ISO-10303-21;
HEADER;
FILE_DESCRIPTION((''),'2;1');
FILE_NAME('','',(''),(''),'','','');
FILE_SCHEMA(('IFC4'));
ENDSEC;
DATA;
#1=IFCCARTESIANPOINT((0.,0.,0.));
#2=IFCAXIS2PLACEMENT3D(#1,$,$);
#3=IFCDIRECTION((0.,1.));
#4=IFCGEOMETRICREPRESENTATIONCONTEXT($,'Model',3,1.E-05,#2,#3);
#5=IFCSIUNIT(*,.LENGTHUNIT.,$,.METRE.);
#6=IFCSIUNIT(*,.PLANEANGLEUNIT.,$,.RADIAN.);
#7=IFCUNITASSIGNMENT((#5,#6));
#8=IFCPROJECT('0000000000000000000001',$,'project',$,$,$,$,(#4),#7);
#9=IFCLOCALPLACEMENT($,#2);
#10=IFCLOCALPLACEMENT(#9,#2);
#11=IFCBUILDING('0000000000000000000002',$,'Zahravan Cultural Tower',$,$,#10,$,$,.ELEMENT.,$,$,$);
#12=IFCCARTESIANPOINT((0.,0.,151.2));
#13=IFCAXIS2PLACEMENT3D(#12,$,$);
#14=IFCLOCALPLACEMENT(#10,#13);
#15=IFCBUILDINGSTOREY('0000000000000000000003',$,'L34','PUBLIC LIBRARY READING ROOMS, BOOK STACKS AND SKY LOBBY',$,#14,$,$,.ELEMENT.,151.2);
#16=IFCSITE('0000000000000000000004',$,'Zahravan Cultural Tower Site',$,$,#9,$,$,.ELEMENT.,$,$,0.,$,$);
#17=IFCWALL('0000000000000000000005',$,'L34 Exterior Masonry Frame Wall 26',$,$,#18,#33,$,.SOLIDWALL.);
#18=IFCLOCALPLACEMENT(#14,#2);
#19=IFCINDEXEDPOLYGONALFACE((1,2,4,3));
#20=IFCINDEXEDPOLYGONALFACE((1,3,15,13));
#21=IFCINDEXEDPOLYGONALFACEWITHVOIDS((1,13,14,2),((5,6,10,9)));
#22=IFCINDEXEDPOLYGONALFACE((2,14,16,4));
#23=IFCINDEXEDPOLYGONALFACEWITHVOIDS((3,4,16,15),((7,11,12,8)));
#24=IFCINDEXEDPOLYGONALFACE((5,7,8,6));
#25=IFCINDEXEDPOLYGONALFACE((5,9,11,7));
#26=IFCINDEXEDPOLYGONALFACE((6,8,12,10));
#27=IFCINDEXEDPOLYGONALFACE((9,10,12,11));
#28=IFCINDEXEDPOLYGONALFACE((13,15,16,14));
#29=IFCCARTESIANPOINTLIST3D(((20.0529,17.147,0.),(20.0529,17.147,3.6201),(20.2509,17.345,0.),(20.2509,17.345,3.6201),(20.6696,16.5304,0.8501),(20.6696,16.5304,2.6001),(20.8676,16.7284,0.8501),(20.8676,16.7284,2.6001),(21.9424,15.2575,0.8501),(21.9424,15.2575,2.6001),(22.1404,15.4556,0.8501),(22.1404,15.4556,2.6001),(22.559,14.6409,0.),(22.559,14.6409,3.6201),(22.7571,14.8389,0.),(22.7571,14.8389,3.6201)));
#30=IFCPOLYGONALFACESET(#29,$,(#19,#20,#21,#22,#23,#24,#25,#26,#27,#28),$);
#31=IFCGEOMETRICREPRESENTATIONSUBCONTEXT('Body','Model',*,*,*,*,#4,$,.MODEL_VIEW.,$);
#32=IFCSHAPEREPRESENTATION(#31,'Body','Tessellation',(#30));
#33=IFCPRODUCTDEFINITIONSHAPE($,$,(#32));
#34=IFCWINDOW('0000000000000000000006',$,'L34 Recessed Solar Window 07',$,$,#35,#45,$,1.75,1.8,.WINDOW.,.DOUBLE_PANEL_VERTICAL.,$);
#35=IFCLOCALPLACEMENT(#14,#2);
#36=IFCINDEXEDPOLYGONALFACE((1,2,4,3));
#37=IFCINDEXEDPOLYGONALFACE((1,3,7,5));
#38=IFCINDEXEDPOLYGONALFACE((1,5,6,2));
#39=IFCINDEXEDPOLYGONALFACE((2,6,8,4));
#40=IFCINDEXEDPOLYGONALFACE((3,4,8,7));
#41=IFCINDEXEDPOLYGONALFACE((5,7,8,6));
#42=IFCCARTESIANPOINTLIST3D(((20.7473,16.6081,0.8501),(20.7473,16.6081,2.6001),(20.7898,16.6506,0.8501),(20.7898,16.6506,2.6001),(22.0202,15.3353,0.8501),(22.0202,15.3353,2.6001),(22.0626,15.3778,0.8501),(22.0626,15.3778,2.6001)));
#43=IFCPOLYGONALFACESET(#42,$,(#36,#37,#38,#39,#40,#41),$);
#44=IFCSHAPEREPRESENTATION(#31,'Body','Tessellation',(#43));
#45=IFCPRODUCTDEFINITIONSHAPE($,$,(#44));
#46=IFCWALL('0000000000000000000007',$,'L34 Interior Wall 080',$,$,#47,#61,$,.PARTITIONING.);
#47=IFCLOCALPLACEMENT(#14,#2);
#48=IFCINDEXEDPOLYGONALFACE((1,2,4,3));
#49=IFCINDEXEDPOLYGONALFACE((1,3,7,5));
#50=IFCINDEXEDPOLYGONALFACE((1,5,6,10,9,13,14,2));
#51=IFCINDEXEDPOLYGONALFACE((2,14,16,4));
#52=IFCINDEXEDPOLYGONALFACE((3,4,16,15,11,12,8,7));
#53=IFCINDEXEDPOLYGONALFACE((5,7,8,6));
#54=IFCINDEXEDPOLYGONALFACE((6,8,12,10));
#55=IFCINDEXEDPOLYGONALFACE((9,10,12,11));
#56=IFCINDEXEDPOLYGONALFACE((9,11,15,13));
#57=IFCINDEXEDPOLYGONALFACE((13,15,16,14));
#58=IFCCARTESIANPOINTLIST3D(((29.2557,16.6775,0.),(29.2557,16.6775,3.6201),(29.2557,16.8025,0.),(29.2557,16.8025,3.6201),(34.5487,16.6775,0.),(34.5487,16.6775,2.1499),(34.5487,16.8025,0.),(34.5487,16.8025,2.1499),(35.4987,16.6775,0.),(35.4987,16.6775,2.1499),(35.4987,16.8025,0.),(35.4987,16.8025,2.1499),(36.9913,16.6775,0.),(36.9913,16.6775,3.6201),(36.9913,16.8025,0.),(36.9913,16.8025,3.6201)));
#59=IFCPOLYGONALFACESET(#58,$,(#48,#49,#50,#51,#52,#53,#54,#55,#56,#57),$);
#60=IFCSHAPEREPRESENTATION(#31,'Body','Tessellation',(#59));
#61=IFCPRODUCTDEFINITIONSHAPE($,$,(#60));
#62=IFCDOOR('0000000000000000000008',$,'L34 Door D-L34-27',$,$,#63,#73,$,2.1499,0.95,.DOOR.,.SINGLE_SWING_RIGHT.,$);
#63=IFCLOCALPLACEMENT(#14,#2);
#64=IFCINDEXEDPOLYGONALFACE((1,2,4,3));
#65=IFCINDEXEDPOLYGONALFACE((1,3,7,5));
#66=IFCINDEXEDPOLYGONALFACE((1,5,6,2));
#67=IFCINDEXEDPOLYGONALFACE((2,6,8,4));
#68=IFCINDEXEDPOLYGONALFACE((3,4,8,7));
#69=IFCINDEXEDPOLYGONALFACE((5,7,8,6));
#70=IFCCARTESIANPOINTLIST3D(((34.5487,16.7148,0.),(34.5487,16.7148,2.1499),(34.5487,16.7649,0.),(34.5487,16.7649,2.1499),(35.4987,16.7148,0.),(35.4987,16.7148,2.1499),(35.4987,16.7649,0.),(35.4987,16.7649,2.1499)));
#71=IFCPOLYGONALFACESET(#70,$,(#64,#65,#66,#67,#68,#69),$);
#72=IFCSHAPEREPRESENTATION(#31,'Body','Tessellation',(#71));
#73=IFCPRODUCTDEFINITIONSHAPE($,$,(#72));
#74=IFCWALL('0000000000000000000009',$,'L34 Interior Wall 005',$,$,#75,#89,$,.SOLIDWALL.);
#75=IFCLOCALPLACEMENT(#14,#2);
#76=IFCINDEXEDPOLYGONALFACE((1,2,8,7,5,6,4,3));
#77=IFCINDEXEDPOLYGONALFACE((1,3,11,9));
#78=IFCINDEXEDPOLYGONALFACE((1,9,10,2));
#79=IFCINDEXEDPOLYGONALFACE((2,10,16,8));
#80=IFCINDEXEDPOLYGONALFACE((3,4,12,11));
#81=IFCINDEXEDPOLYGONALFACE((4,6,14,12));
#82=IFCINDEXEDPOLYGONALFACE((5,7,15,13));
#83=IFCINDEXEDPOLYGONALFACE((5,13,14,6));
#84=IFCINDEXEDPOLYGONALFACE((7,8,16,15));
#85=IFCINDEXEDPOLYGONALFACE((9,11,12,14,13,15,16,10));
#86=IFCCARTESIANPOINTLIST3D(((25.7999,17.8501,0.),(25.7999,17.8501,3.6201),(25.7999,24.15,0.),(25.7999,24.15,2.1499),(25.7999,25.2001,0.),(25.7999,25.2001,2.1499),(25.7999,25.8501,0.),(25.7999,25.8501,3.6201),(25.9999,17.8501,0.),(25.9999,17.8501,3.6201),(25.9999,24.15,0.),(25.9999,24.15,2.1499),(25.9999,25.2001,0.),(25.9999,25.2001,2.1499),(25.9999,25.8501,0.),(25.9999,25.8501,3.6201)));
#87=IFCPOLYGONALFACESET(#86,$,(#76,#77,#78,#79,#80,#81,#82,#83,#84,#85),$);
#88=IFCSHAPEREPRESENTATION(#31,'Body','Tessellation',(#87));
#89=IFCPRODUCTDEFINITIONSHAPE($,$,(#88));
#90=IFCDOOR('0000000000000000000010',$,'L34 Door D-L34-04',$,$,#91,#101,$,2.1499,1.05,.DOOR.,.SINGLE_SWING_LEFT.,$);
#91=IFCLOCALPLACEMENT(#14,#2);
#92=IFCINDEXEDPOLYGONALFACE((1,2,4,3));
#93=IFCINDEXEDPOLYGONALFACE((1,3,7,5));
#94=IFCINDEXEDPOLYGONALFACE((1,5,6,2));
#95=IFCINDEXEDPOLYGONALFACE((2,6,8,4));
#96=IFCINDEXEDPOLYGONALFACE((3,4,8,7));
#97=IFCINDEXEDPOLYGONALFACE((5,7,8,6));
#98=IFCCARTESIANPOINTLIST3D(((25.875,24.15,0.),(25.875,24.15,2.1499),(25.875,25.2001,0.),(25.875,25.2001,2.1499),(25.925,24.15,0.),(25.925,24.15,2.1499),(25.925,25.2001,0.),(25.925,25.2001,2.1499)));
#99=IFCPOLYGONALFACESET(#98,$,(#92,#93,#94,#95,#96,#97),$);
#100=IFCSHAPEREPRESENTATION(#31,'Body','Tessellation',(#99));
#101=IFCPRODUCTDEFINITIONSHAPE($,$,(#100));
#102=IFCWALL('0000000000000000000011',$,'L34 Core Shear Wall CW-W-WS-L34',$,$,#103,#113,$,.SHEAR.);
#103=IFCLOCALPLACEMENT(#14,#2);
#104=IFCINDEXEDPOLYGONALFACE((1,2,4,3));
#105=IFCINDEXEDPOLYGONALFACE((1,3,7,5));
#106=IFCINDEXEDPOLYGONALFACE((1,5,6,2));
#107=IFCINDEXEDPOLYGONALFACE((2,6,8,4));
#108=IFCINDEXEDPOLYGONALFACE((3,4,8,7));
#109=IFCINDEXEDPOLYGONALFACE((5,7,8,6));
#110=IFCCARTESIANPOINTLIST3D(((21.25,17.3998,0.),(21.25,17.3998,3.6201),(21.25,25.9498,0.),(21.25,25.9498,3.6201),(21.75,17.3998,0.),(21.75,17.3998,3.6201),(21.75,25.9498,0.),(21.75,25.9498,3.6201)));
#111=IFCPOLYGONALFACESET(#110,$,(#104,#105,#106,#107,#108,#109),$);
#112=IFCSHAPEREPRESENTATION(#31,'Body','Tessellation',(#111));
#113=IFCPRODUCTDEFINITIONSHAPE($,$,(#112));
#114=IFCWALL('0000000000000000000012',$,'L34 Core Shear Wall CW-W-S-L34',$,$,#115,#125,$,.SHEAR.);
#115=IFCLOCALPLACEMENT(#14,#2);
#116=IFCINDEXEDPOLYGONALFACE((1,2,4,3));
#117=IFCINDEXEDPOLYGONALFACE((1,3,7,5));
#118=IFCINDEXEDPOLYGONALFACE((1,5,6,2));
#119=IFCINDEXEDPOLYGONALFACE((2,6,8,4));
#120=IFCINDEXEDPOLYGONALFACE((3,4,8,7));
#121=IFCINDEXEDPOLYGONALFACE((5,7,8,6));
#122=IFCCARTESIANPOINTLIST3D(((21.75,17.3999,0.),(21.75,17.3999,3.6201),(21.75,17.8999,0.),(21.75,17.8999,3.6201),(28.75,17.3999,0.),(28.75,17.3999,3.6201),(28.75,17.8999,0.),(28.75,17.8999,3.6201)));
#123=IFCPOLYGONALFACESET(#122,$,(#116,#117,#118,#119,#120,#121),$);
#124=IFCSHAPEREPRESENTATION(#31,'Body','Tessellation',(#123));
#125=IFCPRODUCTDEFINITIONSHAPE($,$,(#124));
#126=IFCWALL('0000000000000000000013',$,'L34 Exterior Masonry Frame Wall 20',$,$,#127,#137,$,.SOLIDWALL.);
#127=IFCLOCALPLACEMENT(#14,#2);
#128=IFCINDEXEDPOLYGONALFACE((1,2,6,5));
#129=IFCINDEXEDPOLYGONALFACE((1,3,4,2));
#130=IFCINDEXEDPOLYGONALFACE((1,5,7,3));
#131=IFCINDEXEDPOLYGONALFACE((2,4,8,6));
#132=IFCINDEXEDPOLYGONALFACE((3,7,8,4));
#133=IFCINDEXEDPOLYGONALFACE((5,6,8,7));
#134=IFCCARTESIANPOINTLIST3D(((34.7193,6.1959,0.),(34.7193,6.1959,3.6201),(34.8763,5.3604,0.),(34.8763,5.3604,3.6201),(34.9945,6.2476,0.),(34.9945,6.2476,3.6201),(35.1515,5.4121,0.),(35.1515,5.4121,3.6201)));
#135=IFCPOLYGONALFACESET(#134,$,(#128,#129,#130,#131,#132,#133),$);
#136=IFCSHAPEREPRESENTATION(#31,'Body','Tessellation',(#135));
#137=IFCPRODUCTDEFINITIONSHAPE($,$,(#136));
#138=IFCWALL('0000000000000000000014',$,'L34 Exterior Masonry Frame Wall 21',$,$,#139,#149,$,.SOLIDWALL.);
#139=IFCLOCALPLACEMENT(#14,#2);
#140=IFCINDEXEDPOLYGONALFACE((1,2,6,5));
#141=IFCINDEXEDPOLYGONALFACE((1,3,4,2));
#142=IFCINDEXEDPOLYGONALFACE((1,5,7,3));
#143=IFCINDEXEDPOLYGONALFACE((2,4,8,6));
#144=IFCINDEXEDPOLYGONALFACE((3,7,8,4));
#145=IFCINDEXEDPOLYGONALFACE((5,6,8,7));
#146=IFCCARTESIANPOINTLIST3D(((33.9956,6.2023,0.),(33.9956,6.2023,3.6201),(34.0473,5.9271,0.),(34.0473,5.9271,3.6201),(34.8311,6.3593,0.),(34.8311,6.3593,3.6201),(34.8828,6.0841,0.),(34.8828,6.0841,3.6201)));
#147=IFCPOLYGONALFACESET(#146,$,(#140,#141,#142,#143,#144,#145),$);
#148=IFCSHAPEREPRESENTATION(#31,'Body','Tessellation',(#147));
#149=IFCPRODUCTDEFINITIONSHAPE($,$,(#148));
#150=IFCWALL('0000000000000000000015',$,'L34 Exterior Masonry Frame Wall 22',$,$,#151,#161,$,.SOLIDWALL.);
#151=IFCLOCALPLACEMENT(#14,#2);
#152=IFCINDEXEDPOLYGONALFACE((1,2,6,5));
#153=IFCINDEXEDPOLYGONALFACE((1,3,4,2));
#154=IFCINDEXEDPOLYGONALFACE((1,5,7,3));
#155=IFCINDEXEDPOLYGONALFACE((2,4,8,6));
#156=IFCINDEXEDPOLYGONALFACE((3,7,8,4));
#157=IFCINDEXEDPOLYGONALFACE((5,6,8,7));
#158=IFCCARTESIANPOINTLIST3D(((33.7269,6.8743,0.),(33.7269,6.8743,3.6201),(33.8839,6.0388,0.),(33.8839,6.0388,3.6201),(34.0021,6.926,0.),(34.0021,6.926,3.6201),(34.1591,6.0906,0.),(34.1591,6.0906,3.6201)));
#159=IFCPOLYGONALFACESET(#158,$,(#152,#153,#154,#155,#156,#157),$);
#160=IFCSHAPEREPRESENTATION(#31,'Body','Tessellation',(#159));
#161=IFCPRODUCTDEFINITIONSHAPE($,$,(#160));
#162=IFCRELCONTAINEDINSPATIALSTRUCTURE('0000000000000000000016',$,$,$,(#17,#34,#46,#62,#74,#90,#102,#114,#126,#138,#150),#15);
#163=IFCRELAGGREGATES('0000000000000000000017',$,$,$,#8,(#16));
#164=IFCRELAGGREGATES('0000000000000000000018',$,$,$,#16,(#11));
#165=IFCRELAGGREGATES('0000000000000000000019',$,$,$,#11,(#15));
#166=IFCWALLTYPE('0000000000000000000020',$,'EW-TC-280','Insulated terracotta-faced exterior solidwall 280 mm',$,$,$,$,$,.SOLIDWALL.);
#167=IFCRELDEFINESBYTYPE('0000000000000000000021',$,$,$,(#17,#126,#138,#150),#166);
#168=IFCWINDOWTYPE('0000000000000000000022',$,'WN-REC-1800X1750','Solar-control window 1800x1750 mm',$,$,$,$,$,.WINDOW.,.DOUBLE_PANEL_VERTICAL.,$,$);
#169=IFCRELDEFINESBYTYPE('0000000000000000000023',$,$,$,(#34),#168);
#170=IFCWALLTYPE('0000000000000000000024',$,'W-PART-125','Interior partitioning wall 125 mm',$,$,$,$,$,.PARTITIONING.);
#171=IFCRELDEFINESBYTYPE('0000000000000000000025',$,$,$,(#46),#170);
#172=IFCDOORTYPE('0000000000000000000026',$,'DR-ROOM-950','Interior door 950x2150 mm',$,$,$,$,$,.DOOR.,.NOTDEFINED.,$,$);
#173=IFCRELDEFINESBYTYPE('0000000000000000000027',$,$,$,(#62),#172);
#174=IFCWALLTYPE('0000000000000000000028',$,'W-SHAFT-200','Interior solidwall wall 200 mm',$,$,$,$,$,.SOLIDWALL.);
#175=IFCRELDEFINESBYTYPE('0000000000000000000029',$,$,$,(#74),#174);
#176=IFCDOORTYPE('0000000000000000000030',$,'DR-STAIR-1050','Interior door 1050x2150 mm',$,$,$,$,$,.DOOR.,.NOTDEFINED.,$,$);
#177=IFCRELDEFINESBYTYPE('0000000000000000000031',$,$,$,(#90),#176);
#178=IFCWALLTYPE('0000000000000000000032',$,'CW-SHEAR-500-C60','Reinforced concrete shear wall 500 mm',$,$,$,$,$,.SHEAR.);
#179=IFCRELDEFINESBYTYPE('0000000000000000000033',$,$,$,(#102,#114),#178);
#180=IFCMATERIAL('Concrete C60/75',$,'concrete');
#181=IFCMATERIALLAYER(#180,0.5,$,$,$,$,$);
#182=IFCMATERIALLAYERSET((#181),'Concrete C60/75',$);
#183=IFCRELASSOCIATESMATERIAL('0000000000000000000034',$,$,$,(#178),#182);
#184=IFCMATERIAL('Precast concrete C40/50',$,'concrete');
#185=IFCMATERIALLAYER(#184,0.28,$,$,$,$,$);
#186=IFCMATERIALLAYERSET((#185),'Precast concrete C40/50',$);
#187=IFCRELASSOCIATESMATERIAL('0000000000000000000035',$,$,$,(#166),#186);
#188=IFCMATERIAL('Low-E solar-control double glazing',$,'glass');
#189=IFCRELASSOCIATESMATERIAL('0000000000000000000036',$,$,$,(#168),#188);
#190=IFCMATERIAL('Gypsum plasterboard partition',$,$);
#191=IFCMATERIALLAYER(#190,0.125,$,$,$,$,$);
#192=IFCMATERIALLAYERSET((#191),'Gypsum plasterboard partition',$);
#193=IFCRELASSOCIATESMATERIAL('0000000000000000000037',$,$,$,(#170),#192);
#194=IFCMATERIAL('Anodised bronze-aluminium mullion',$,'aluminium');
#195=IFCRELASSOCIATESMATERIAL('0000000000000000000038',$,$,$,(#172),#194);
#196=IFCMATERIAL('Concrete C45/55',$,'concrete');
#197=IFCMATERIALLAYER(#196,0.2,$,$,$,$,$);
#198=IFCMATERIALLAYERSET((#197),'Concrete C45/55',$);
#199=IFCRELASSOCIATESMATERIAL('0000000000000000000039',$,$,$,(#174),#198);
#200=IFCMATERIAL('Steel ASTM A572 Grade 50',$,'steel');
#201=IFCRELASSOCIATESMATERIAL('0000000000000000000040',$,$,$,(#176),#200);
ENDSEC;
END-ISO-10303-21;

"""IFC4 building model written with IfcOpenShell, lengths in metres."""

from ifc_helpers import new_model, si_unit, direction, frame, frame_2d, origin, place, context, subcontext, project, spatial, rectangle, extrude, source, transform, mapped, material, layer, layer_set, type_object, element, fill, save


model = new_model("IFC4")

# Units and contexts
model_context = context("Model", 3, precision=1e-05, world=origin(), true_north=direction((0.0, 1.0)))
body_context = subcontext(model_context, "Body", "Model", "MODEL_VIEW")
ifc_project = project(units=[si_unit("LENGTHUNIT", "METRE"), si_unit("PLANEANGLEUNIT", "RADIAN")], contexts=[model_context])

# Site, building, storey
site_placement = place(None, origin())
site = spatial("IfcSite", under=ifc_project, at=site_placement, Name="Zahravan Cultural Tower Site", CompositionType="ELEMENT", RefElevation=0.0)
building_placement = place(site_placement, origin())
building = spatial("IfcBuilding", under=site, at=building_placement, Name="Zahravan Cultural Tower", CompositionType="ELEMENT")
storey_placement = place(building_placement, frame((0.0, 0.0, 151.2)))
storey = spatial("IfcBuildingStorey", under=building, at=storey_placement, Name="L34", Description="PUBLIC LIBRARY READING ROOMS, BOOK STACKS AND SKY LOBBY", CompositionType="ELEMENT", Elevation=151.2)

# Shared definitions
ifc_material_1 = material(Name="Concrete C60/75", Category="concrete")
ifc_layer_1 = layer(ifc_material_1, 0.5)
ifc_layer_set_1 = layer_set([ifc_layer_1], Name="Concrete C60/75")
wall_type_1 = type_object("IfcWallType", Name="CW-SHEAR-500-C60", Description="Reinforced concrete shear wall 500 mm", PredefinedType="SHEAR", material=ifc_layer_set_1)
ifc_material_2 = material(Name="Steel ASTM A572 Grade 50", Category="steel")

# Wall, opening, window
ifc_material_3 = material(Name="Precast concrete C40/50", Category="concrete")
ifc_layer_2 = layer(ifc_material_3, 0.28)
ifc_layer_set_2 = layer_set([ifc_layer_2], Name="Precast concrete C40/50")
wall_type_2 = type_object("IfcWallType", Name="EW-TC-280", Description="Insulated terracotta-faced exterior solidwall 280 mm", PredefinedType="SOLIDWALL", material=ifc_layer_set_2)
ifc_material_4 = material(Name="Low-E solar-control double glazing", Category="glass")
window_type = type_object("IfcWindowType", Name="WN-REC-1800X1750", Description="Solar-control window 1800x1750 mm", PartitioningType="DOUBLE_PANEL_VERTICAL", PredefinedType="WINDOW", material=ifc_material_4)
shared_shape_1 = source(origin(), body_context, "Body", "SweptSolid", [
    extrude(rectangle(XDim=1.8, YDim=1.75, at=frame_2d((0.8999, 0.875))), frame((0.0, 0.03, 0.0), z_axis=(0.0, -1.0, 0.0), x_axis=(1.0, 0.0, 0.0)), (0.0, 0.0, 1.0), 0.0601),
])
wall_1_placement = place(storey_placement, frame((22.658, 14.74, 0.0), z_axis=(0.0, 0.0, 1.0), x_axis=(-0.707107, 0.707107, 0.0)))
wall_1 = element("IfcWall", 1, at=wall_1_placement, inside=storey, type_object=wall_type_2, Name="L34 Exterior Masonry Frame Wall 26", PredefinedType="SOLIDWALL", context=body_context, shape_type="SweptSolid", body=[
    extrude(rectangle(XDim=3.5442, YDim=0.28, at=frame_2d((1.772, 0.0))), origin(), (0.0, 0.0, 1.0), 3.6201),
])
opening_1_placement = place(wall_1_placement, frame((0.8721, 0.0, 0.8501)))
opening_1 = element("IfcOpeningElement", 2, at=opening_1_placement, cuts=wall_1, PredefinedType="OPENING", context=body_context, shape_type="SweptSolid", body=[
    extrude(rectangle(XDim=1.8, YDim=1.75, at=frame_2d((0.8999, 0.875))), frame((0.0, 0.1499, 0.0), z_axis=(0.0, -1.0, 0.0), x_axis=(1.0, 0.0, 0.0)), (0.0, 0.0, 1.0), 0.3),
])
window_1_placement = place(opening_1_placement, origin())
window_1 = element("IfcWindow", 3, at=window_1_placement, inside=storey, type_object=window_type, Name="L34 Recessed Solar Window 07", OverallHeight=1.75, OverallWidth=1.8, PartitioningType="DOUBLE_PANEL_VERTICAL", PredefinedType="WINDOW", context=body_context, shape_type="MappedRepresentation", body=[
    mapped(shared_shape_1, transform((0.0, 0.0, 0.0), x_axis=(1.0, 0.0, 0.0), y_axis=(0.0, 1.0, 0.0), z_axis=(0.0, 0.0, 1.0), scale=1.0)),
])
fill(opening_1, window_1)

# Walls, openings, doors
ifc_material_5 = material(Name="Gypsum plasterboard partition")
ifc_layer_3 = layer(ifc_material_5, 0.125)
ifc_layer_set_3 = layer_set([ifc_layer_3], Name="Gypsum plasterboard partition")
wall_type_3 = type_object("IfcWallType", Name="W-PART-125", Description="Interior partitioning wall 125 mm", PredefinedType="PARTITIONING", material=ifc_layer_set_3)
wall_2_placement = place(storey_placement, frame((29.2559, 16.74, 0.0), z_axis=(0.0, 0.0, 1.0), x_axis=(1.0, 0.0, 0.0)))
wall_2 = element("IfcWall", 4, at=wall_2_placement, inside=storey, type_object=wall_type_3, Name="L34 Interior Wall 080", PredefinedType="PARTITIONING", context=body_context, shape_type="SweptSolid", body=[
    extrude(rectangle(XDim=7.7356, YDim=0.125, at=frame_2d((3.8677, 0.0))), origin(), (0.0, 0.0, 1.0), 3.6201),
])
opening_2_placement = place(wall_2_placement, frame((5.2927, 0.0, 0.0)))
opening_2 = element("IfcOpeningElement", 5, at=opening_2_placement, cuts=wall_2, PredefinedType="OPENING", context=body_context, shape_type="SweptSolid", body=[
    extrude(rectangle(XDim=0.95, YDim=2.1499, at=frame_2d((0.4751, 1.075))), frame((0.0, 0.0725, 0.0), z_axis=(0.0, -1.0, 0.0), x_axis=(1.0, 0.0, 0.0)), (0.0, 0.0, 1.0), 0.145),
])
ifc_material_6 = material(Name="Anodised bronze-aluminium mullion", Category="aluminium")
door_type_1 = type_object("IfcDoorType", Name="DR-ROOM-950", Description="Interior door 950x2150 mm", OperationType="NOTDEFINED", PredefinedType="DOOR", material=ifc_material_6)
shared_shape_2 = source(origin(), body_context, "Body", "SweptSolid", [
    extrude(rectangle(XDim=0.95, YDim=2.1499, at=frame_2d((0.4751, 1.075))), frame((0.0, 0.0249, 0.0), z_axis=(0.0, -1.0, 0.0), x_axis=(1.0, 0.0, 0.0)), (0.0, 0.0, 1.0), 0.05),
])
door_1_placement = place(opening_2_placement, origin())
door_1 = element("IfcDoor", 6, at=door_1_placement, inside=storey, type_object=door_type_1, Name="L34 Door D-L34-27", OperationType="SINGLE_SWING_RIGHT", OverallHeight=2.1499, OverallWidth=0.95, PredefinedType="DOOR", context=body_context, shape_type="MappedRepresentation", body=[
    mapped(shared_shape_2, transform((0.0, 0.0, 0.0), x_axis=(1.0, 0.0, 0.0), y_axis=(0.0, 1.0, 0.0), z_axis=(0.0, 0.0, 1.0), scale=1.0)),
])
fill(opening_2, door_1)
ifc_material_7 = material(Name="Concrete C45/55", Category="concrete")
ifc_layer_4 = layer(ifc_material_7, 0.2)
ifc_layer_set_4 = layer_set([ifc_layer_4], Name="Concrete C45/55")
wall_type_4 = type_object("IfcWallType", Name="W-SHAFT-200", Description="Interior solidwall wall 200 mm", PredefinedType="SOLIDWALL", material=ifc_layer_set_4)
wall_3_placement = place(storey_placement, frame((25.8999, 17.8501, 0.0), z_axis=(0.0, 0.0, 1.0), x_axis=(0.0, 1.0, 0.0)))
wall_3 = element("IfcWall", 7, at=wall_3_placement, inside=storey, type_object=wall_type_4, Name="L34 Interior Wall 005", PredefinedType="SOLIDWALL", context=body_context, shape_type="SweptSolid", body=[
    extrude(rectangle(XDim=8.0, YDim=0.2, at=frame_2d((4.0, 0.0))), origin(), (0.0, 0.0, 1.0), 3.6201),
])
opening_3_placement = place(wall_3_placement, frame((6.3, 0.0, 0.0)))
opening_3 = element("IfcOpeningElement", 8, at=opening_3_placement, cuts=wall_3, PredefinedType="OPENING", context=body_context, shape_type="SweptSolid", body=[
    extrude(rectangle(XDim=1.05, YDim=2.1499, at=frame_2d((0.5249, 1.075))), frame((0.0, 0.1099, 0.0), z_axis=(0.0, -1.0, 0.0), x_axis=(1.0, 0.0, 0.0)), (0.0, 0.0, 1.0), 0.22),
])
door_type_2 = type_object("IfcDoorType", Name="DR-STAIR-1050", Description="Interior door 1050x2150 mm", OperationType="NOTDEFINED", PredefinedType="DOOR", material=ifc_material_2)
shared_shape_3 = source(origin(), body_context, "Body", "SweptSolid", [
    extrude(rectangle(XDim=1.05, YDim=2.1499, at=frame_2d((0.5249, 1.075))), frame((0.0, 0.0249, 0.0), z_axis=(0.0, -1.0, 0.0), x_axis=(1.0, 0.0, 0.0)), (0.0, 0.0, 1.0), 0.05),
])
door_2_placement = place(opening_3_placement, origin())
door_2 = element("IfcDoor", 9, at=door_2_placement, inside=storey, type_object=door_type_2, Name="L34 Door D-L34-04", OperationType="SINGLE_SWING_LEFT", OverallHeight=2.1499, OverallWidth=1.05, PredefinedType="DOOR", context=body_context, shape_type="MappedRepresentation", body=[
    mapped(shared_shape_3, transform((0.0, 0.0, 0.0), x_axis=(1.0, 0.0, 0.0), y_axis=(0.0, 1.0, 0.0), z_axis=(0.0, 0.0, 1.0), scale=1.0)),
])
fill(opening_3, door_2)

# Walls
shared_shape_4 = source(origin(), body_context, "Body", "SweptSolid", [
    extrude(rectangle(XDim=8.55, YDim=0.5, at=frame_2d((4.2749, 0.0))), origin(), (0.0, 0.0, 1.0), 3.6201),
])
wall_4_placement = place(storey_placement, frame((21.5, 17.3999, 0.0), z_axis=(0.0, 0.0, 1.0), x_axis=(0.0, 1.0, 0.0)))
element("IfcWall", 10, at=wall_4_placement, inside=storey, type_object=wall_type_1, Name="L34 Core Shear Wall CW-W-WS-L34", PredefinedType="SHEAR", context=body_context, shape_type="MappedRepresentation", body=[
    mapped(shared_shape_4, transform((0.0, 0.0, 0.0), x_axis=(1.0, 0.0, 0.0), y_axis=(0.0, 1.0, 0.0), z_axis=(0.0, 0.0, 1.0), scale=1.0)),
])
shared_shape_5 = source(origin(), body_context, "Body", "SweptSolid", [
    extrude(rectangle(XDim=7.0, YDim=0.5, at=frame_2d((3.5, 0.0))), origin(), (0.0, 0.0, 1.0), 3.6201),
])
wall_5_placement = place(storey_placement, frame((21.75, 17.6499, 0.0), z_axis=(0.0, 0.0, 1.0), x_axis=(1.0, 0.0, 0.0)))
element("IfcWall", 11, at=wall_5_placement, inside=storey, type_object=wall_type_1, Name="L34 Core Shear Wall CW-W-S-L34", PredefinedType="SHEAR", context=body_context, shape_type="MappedRepresentation", body=[
    mapped(shared_shape_5, transform((0.0, 0.0, 0.0), x_axis=(1.0, 0.0, 0.0), y_axis=(0.0, 1.0, 0.0), z_axis=(0.0, 0.0, 1.0), scale=1.0)),
])
shared_shape_6 = source(origin(), body_context, "Body", "SweptSolid", [
    extrude(rectangle(XDim=0.8501, YDim=0.28, at=frame_2d((0.425, 0.0))), origin(), (0.0, 0.0, 1.0), 3.6201),
])
for number, where, z_axis, x_axis, name in (
    (12, (35.0139, 5.3862, 0.0), (0.0, 0.0, 1.0), (-0.18467, 0.982801, 0.0), "L34 Exterior Masonry Frame Wall 20"),
    (13, (34.8569, 6.2217, 0.0), (0.0, 0.0, 1.0), (-0.982801, -0.18467, 0.0), "L34 Exterior Masonry Frame Wall 21"),
    (14, (34.0215, 6.0647, 0.0), (0.0, 0.0, 1.0), (-0.18467, 0.982801, 0.0), "L34 Exterior Masonry Frame Wall 22"),
):
    element("IfcWall", number, at=place(storey_placement, frame(where, z_axis=z_axis, x_axis=x_axis)), inside=storey, type_object=wall_type_2, Name=name, PredefinedType="SOLIDWALL", context=body_context, shape_type="MappedRepresentation", body=[
        mapped(shared_shape_6, transform((0.0, 0.0, 0.0), x_axis=(1.0, 0.0, 0.0), y_axis=(0.0, 1.0, 0.0), z_axis=(0.0, 0.0, 1.0), scale=1.0)),
    ])

save(model, "model.ifc")
